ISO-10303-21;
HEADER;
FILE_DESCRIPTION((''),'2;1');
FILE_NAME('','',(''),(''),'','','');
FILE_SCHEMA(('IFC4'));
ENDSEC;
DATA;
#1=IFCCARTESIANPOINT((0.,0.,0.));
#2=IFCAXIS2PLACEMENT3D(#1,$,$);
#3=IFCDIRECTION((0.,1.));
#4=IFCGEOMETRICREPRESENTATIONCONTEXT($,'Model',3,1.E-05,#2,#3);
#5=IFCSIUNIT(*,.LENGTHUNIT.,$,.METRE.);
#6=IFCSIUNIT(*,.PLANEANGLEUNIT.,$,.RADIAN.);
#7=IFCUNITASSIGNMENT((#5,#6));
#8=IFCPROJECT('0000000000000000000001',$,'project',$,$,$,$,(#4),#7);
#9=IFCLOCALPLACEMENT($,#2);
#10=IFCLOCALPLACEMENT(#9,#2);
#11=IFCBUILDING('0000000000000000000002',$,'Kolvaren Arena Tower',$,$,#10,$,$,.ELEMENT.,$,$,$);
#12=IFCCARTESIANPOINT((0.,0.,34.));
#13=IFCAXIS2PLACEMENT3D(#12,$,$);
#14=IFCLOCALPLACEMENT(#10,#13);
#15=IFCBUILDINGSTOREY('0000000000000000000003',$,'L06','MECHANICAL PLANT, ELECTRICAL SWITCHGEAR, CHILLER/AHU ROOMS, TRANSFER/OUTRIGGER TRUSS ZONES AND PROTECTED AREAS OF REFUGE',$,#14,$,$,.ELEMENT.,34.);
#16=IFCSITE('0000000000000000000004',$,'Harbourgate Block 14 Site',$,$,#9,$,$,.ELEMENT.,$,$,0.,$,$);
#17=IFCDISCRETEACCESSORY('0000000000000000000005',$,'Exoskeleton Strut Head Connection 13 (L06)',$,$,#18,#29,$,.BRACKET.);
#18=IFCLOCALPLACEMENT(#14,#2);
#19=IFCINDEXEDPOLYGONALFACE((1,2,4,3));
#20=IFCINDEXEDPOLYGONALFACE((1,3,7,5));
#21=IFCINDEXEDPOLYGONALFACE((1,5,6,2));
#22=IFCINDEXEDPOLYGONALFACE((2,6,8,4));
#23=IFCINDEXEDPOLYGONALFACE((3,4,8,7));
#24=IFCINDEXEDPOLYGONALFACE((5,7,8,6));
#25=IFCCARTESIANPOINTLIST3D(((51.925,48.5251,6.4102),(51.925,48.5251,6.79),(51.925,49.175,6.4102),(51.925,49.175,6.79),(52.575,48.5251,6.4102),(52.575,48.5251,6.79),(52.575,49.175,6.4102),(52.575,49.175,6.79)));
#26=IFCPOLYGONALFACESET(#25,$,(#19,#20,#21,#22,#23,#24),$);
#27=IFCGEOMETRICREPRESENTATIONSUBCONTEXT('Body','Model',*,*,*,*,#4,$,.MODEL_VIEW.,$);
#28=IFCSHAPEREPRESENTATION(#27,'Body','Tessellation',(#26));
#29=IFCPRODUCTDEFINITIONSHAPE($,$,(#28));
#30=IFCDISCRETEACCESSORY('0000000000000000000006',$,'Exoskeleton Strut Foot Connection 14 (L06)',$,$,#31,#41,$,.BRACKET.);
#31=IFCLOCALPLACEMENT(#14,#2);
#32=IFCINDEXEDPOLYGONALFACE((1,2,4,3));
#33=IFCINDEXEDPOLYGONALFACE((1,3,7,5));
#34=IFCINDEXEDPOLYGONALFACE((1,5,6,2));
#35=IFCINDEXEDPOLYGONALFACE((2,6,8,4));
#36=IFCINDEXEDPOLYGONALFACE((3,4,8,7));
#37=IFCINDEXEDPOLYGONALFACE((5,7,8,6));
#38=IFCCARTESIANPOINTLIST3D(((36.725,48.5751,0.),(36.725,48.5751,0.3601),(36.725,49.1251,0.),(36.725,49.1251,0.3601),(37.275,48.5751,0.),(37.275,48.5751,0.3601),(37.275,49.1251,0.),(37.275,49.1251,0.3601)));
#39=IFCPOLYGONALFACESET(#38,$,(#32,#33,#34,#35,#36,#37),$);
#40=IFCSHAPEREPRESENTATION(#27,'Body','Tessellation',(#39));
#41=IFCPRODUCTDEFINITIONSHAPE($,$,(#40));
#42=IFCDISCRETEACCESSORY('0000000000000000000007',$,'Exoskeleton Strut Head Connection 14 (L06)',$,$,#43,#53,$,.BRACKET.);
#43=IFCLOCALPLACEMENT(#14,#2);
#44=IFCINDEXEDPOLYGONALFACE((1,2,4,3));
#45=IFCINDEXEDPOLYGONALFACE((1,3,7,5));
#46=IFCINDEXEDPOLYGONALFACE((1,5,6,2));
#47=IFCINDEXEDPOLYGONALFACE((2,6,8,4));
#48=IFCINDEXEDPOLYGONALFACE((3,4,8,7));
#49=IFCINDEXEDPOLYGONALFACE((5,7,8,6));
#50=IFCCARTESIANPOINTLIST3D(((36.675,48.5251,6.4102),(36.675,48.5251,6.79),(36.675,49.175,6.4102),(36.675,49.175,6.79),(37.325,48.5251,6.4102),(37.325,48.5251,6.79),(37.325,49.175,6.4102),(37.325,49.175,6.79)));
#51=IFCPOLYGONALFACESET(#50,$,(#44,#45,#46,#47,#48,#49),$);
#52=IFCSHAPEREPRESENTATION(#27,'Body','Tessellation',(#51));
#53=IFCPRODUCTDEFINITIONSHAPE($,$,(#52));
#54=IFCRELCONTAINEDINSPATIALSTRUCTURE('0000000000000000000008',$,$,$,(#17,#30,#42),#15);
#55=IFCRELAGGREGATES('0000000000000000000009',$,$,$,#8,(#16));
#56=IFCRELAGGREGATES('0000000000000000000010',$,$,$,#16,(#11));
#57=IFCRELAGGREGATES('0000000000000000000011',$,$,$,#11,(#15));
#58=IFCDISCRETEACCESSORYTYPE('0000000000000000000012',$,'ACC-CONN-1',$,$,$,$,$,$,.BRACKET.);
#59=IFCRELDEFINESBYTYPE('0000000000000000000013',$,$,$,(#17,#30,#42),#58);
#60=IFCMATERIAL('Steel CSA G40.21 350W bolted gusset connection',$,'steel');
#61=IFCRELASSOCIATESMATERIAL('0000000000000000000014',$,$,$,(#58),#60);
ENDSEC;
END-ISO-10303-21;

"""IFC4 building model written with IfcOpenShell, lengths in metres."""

from ifc_helpers import new_model, si_unit, direction, frame, origin, origin_2d, place, context, subcontext, project, spatial, rectangle, extrude, material, type_object, element, save


model = new_model("IFC4")

# Units and contexts
model_context = context("Model", 3, precision=1e-05, world=origin(), true_north=direction((0.0, 1.0)))
body_context = subcontext(model_context, "Body", "Model", "MODEL_VIEW")
ifc_project = project(units=[si_unit("LENGTHUNIT", "METRE"), si_unit("PLANEANGLEUNIT", "RADIAN")], contexts=[model_context])

# Site, building, storey
site_placement = place(None, origin())
site = spatial("IfcSite", under=ifc_project, at=site_placement, Name="Harbourgate Block 14 Site", CompositionType="ELEMENT", RefElevation=0.0)
building_placement = place(site_placement, origin())
building = spatial("IfcBuilding", under=site, at=building_placement, Name="Kolvaren Arena Tower", CompositionType="ELEMENT")
storey_placement = place(building_placement, frame((0.0, 0.0, 34.0)))
storey = spatial("IfcBuildingStorey", under=building, at=storey_placement, Name="L06", Description="MECHANICAL PLANT, ELECTRICAL SWITCHGEAR, CHILLER/AHU ROOMS, TRANSFER/OUTRIGGER TRUSS ZONES AND PROTECTED AREAS OF REFUGE", CompositionType="ELEMENT", Elevation=34.0)

# Discrete accessories
ifc_material_1 = material(Name="Steel CSA G40.21 350W bolted gusset connection", Category="steel")
discrete_accessory_type = type_object("IfcDiscreteAccessoryType", Name="ACC-CONN-1", PredefinedType="BRACKET", material=ifc_material_1)
discrete_accessory_1_placement = place(storey_placement, frame((52.25, 48.8501, 6.4102), z_axis=(0.0, 0.0, 1.0), x_axis=(1.0, 0.0, 0.0)))
element("IfcDiscreteAccessory", 1, at=discrete_accessory_1_placement, inside=storey, type_object=discrete_accessory_type, Name="Exoskeleton Strut Head Connection 13 (L06)", PredefinedType="BRACKET", context=body_context, shape_type="SweptSolid", body=[
    extrude(rectangle(XDim=0.6499, YDim=0.6499, at=origin_2d()), origin(), (0.0, 0.0, 1.0), 0.3799),
])
discrete_accessory_2_placement = place(storey_placement, frame((37.0, 48.8501, 0.0), z_axis=(0.0, 0.0, 1.0), x_axis=(1.0, 0.0, 0.0)))
element("IfcDiscreteAccessory", 2, at=discrete_accessory_2_placement, inside=storey, type_object=discrete_accessory_type, Name="Exoskeleton Strut Foot Connection 14 (L06)", PredefinedType="BRACKET", context=body_context, shape_type="SweptSolid", body=[
    extrude(rectangle(XDim=0.55, YDim=0.55, at=origin_2d()), origin(), (0.0, 0.0, 1.0), 0.3601),
])
discrete_accessory_3_placement = place(storey_placement, frame((37.0, 48.8501, 6.4102), z_axis=(0.0, 0.0, 1.0), x_axis=(1.0, 0.0, 0.0)))
element("IfcDiscreteAccessory", 3, at=discrete_accessory_3_placement, inside=storey, type_object=discrete_accessory_type, Name="Exoskeleton Strut Head Connection 14 (L06)", PredefinedType="BRACKET", context=body_context, shape_type="SweptSolid", body=[
    extrude(rectangle(XDim=0.6499, YDim=0.6499, at=origin_2d()), origin(), (0.0, 0.0, 1.0), 0.3799),
])

save(model, "model.ifc")
